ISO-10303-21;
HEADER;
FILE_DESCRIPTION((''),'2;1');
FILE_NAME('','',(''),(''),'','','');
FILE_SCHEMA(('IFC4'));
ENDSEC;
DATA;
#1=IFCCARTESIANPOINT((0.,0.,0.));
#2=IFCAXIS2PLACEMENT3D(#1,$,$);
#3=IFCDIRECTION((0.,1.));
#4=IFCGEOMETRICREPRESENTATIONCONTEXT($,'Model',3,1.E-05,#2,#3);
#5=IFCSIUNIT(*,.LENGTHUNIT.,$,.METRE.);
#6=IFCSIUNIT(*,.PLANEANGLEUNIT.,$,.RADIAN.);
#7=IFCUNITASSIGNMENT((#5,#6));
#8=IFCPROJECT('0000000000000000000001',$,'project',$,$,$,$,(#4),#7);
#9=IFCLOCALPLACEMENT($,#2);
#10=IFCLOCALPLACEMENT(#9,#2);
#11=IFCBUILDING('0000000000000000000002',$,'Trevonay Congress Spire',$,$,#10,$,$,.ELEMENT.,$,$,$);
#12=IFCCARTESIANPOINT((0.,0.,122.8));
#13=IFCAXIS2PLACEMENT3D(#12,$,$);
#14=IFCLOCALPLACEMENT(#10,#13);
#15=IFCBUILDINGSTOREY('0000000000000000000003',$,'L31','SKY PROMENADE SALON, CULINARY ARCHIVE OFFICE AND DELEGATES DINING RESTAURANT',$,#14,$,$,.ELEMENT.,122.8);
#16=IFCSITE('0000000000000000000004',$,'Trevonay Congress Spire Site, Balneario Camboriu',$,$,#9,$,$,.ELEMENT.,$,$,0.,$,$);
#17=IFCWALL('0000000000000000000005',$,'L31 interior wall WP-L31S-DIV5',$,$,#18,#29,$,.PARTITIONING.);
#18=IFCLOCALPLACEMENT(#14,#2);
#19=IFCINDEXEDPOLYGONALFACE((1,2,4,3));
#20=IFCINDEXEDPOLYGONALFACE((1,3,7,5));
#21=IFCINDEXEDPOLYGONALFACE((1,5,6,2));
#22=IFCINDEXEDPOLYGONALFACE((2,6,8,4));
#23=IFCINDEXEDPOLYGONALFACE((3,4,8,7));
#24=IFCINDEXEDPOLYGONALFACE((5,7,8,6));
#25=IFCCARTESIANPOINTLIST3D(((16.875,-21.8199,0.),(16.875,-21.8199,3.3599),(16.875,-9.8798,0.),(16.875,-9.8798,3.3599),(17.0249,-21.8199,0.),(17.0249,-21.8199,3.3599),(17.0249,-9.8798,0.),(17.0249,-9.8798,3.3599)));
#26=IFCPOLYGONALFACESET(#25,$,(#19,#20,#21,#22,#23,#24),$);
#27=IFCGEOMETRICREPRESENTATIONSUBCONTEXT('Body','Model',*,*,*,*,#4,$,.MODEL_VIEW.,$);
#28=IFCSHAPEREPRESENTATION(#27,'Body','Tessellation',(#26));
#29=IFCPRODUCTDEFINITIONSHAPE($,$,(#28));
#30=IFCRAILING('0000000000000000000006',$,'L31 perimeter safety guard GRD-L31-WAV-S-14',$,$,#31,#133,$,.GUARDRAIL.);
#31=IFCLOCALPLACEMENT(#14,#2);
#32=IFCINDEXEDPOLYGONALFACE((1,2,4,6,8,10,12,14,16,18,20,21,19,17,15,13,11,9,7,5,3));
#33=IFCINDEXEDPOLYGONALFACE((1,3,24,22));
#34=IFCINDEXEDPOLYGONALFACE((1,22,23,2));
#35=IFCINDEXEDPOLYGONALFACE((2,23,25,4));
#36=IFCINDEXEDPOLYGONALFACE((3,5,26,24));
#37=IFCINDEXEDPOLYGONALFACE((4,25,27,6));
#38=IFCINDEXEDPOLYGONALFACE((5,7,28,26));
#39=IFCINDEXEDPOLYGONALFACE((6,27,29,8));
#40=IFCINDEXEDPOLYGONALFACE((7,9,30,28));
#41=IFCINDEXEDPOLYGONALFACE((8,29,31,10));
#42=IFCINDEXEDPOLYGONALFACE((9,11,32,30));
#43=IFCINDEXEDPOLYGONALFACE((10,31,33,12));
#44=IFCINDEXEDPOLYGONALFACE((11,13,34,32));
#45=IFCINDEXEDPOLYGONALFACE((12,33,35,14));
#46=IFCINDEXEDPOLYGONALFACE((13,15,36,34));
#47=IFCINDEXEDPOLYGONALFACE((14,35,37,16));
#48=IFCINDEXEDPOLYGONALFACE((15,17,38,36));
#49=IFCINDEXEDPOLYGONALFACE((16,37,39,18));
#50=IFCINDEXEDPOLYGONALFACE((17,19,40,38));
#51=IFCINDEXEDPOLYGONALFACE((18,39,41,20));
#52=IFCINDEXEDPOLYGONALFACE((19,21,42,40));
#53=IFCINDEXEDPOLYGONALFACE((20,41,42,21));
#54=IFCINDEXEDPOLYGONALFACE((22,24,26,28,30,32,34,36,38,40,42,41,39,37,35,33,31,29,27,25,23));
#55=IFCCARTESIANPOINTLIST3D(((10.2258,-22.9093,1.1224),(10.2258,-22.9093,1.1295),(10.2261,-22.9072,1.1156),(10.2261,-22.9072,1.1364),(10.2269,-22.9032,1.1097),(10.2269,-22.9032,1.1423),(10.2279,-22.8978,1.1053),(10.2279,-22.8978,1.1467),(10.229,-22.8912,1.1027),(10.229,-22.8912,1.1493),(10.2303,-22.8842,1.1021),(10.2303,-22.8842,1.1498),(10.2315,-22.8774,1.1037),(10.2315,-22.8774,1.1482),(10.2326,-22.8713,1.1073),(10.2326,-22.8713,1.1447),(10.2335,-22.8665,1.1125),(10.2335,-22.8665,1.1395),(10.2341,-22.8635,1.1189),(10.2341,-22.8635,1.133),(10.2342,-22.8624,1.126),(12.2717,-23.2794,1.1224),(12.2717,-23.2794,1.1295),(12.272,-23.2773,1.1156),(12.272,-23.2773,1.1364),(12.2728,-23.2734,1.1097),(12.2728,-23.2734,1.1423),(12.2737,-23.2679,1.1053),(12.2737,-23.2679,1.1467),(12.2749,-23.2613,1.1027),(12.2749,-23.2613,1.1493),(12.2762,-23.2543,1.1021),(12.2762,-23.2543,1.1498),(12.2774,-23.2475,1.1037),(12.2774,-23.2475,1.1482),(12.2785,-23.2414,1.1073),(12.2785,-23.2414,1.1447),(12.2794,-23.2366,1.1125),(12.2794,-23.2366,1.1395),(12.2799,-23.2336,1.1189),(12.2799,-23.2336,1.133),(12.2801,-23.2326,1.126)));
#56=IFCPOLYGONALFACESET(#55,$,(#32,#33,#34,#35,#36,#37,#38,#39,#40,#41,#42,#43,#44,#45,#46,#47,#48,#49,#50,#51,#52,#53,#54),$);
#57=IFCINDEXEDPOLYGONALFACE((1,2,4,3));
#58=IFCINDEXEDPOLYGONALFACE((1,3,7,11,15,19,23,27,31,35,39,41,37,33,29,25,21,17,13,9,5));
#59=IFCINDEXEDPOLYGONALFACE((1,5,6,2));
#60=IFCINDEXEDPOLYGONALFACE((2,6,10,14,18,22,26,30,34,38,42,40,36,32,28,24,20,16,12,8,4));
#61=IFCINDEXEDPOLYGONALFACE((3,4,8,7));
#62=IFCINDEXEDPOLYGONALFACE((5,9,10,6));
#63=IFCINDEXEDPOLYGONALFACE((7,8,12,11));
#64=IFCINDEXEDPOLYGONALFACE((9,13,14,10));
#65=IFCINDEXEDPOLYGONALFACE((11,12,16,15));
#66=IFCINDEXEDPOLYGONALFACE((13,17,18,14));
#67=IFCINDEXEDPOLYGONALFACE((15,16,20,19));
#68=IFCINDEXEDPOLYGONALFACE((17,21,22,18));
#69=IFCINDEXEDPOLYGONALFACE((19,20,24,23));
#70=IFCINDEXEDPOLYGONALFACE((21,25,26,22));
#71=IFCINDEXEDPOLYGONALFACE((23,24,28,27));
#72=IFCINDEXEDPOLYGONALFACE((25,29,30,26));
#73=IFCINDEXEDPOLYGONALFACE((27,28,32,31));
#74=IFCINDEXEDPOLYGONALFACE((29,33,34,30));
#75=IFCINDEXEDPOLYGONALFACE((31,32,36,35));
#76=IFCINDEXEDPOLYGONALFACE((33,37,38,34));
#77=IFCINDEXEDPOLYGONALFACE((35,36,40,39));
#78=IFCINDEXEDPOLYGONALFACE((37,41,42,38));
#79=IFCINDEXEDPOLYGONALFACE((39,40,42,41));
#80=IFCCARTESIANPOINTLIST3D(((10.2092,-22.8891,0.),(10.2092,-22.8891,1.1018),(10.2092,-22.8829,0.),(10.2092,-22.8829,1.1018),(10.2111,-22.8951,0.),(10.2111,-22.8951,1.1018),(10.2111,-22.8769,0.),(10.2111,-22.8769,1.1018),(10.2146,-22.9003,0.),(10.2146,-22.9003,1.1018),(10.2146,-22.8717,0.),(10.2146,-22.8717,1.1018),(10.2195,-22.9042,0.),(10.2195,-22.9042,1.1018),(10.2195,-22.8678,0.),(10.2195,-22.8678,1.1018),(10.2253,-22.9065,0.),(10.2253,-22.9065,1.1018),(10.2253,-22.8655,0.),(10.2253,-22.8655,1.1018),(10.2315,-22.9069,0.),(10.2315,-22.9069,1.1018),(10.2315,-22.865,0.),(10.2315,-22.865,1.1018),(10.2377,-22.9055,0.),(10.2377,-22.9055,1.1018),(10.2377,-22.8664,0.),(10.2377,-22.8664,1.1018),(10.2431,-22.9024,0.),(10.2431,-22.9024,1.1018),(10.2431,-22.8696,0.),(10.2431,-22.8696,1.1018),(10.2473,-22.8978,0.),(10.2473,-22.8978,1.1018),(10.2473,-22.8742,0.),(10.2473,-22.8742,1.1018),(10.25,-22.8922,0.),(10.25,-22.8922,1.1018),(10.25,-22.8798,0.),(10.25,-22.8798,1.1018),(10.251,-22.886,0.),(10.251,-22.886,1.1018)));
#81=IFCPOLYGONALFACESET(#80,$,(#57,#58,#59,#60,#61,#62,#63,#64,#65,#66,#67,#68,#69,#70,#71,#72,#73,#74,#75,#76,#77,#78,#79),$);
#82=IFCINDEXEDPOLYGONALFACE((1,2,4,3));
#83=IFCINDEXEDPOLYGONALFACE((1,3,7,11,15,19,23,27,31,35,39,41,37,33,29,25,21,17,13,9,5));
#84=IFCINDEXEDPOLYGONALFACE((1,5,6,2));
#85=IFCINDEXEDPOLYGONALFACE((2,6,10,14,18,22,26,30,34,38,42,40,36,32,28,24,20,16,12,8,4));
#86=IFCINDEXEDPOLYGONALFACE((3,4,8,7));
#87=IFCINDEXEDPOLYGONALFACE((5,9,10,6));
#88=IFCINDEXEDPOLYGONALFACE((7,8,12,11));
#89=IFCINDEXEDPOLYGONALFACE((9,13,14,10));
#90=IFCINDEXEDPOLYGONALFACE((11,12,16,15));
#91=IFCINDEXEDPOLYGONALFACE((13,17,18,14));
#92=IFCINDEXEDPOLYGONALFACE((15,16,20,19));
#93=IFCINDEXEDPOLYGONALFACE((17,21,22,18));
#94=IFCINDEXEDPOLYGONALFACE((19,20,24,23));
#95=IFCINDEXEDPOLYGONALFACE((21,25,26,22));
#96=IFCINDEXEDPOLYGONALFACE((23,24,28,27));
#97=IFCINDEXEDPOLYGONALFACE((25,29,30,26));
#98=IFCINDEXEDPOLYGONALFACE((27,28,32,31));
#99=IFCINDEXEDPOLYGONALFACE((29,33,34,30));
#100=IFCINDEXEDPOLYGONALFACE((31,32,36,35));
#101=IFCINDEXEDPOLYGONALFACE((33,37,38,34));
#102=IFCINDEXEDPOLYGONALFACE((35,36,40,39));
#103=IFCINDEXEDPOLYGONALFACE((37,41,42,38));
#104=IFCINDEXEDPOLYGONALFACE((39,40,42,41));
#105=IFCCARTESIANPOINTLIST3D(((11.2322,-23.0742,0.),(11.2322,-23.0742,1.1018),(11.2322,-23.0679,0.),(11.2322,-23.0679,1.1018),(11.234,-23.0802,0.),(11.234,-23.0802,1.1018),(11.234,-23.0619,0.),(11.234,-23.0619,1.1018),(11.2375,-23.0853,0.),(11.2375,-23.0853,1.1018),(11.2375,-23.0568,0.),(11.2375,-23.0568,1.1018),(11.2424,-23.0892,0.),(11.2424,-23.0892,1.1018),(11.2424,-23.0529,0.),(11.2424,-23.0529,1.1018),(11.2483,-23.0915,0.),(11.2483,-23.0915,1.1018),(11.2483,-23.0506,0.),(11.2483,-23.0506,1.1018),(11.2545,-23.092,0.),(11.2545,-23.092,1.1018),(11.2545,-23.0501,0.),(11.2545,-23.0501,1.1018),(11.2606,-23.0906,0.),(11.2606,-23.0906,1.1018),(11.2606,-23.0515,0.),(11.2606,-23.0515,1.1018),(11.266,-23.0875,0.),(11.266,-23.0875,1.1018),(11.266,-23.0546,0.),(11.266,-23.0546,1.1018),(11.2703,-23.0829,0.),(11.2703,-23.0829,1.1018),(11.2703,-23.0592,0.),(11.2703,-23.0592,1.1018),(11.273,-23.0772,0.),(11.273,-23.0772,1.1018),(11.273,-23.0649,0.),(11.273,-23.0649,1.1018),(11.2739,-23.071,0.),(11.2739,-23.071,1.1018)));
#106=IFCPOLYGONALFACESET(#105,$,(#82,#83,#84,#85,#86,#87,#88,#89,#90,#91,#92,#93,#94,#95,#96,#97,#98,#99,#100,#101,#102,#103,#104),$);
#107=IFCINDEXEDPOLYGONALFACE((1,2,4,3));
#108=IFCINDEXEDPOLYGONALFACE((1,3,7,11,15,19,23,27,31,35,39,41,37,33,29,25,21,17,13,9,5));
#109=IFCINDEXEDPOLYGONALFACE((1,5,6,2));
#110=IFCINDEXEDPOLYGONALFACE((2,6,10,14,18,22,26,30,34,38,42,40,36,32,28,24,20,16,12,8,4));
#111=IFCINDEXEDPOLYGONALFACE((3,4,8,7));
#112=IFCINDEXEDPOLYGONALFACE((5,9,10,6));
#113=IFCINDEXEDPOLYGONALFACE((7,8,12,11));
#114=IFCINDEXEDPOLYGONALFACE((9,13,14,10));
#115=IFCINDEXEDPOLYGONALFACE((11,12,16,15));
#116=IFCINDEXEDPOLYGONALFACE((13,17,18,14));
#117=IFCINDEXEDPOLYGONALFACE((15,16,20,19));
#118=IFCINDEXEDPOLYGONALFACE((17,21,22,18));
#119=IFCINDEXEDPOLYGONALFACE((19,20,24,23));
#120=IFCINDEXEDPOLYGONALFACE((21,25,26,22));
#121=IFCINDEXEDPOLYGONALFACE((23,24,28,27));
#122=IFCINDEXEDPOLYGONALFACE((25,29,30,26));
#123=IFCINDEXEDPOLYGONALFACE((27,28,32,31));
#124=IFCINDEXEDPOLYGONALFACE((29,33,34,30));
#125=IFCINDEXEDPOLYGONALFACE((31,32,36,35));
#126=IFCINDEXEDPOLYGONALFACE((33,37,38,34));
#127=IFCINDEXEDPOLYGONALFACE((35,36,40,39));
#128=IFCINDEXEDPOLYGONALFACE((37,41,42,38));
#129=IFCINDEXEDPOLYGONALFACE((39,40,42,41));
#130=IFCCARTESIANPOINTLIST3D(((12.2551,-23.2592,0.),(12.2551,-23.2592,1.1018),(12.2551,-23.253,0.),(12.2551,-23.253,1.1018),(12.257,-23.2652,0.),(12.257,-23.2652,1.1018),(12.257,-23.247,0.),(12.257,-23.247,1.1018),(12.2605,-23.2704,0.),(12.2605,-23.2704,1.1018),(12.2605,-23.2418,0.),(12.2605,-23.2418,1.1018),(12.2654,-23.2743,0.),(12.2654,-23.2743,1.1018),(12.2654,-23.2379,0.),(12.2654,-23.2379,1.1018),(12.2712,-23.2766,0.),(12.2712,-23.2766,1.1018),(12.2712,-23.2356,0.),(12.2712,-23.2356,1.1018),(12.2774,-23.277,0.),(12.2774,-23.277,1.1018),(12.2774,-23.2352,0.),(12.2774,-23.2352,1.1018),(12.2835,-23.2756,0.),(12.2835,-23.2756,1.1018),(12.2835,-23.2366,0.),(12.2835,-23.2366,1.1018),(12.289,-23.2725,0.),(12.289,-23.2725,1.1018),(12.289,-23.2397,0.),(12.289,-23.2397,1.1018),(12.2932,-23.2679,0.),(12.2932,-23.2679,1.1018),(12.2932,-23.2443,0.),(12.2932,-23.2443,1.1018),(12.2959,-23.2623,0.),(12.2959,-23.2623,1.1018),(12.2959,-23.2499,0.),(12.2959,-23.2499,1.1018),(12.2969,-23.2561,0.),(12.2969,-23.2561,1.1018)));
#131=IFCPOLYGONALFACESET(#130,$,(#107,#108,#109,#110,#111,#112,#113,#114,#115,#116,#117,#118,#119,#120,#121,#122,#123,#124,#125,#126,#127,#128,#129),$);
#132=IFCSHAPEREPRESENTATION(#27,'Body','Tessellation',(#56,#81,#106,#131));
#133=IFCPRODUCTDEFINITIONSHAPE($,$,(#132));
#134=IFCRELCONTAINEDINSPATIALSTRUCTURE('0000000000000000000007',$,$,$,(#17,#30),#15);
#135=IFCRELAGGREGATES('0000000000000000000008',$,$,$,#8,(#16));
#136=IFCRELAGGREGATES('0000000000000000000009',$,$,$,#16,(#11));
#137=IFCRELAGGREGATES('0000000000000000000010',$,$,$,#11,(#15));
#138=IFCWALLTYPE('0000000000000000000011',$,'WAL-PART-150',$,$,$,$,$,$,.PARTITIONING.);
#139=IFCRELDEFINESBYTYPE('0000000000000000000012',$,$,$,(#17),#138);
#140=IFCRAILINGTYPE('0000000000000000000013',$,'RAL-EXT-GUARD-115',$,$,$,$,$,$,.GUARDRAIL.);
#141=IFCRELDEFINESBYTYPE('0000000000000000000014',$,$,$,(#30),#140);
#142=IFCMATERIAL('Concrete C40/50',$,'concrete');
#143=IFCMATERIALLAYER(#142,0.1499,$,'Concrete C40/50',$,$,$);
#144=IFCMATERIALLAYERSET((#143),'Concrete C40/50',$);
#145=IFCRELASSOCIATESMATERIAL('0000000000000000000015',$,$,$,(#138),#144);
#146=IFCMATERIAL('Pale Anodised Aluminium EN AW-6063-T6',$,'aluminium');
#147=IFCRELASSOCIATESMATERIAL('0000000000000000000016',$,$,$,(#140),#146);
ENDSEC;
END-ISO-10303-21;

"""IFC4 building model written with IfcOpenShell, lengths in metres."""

from ifc_helpers import new_model, si_unit, direction, frame, frame_2d, origin, origin_2d, place, context, subcontext, project, spatial, rectangle, circle, extrude, material, layer, layer_set, type_object, element, save


model = new_model("IFC4")

# Units and contexts
model_context = context("Model", 3, precision=1e-05, world=origin(), true_north=direction((0.0, 1.0)))
body_context = subcontext(model_context, "Body", "Model", "MODEL_VIEW")
ifc_project = project(units=[si_unit("LENGTHUNIT", "METRE"), si_unit("PLANEANGLEUNIT", "RADIAN")], contexts=[model_context])

# Site, building, storey
site_placement = place(None, origin())
site = spatial("IfcSite", under=ifc_project, at=site_placement, Name="Trevonay Congress Spire Site, Balneario Camboriu", CompositionType="ELEMENT", RefElevation=0.0)
building_placement = place(site_placement, origin())
building = spatial("IfcBuilding", under=site, at=building_placement, Name="Trevonay Congress Spire", CompositionType="ELEMENT")
storey_placement = place(building_placement, frame((0.0, 0.0, 122.8)))
storey = spatial("IfcBuildingStorey", under=building, at=storey_placement, Name="L31", Description="SKY PROMENADE SALON, CULINARY ARCHIVE OFFICE AND DELEGATES DINING RESTAURANT", CompositionType="ELEMENT", Elevation=122.8)

# Shared definitions
ifc_material_1 = material(Name="Pale Anodised Aluminium EN AW-6063-T6", Category="aluminium")

# Wall
ifc_material_2 = material(Name="Concrete C40/50", Category="concrete")
ifc_layer_1 = layer(ifc_material_2, 0.1499, Name="Concrete C40/50")
ifc_layer_set_1 = layer_set([ifc_layer_1], Name="Concrete C40/50")
wall_type_1 = type_object("IfcWallType", Name="WAL-PART-150", PredefinedType="PARTITIONING", material=ifc_layer_set_1)
for number, where, z_axis, x_axis, name in (
    (1, (16.95, -21.8201, 0.0), (0.0, 0.0, 1.0), (0.0, 1.0, 0.0), "L31 interior wall WP-L31S-DIV5"),
):
    element("IfcWall", number, at=place(storey_placement, frame(where, z_axis=z_axis, x_axis=x_axis)), inside=storey, type_object=wall_type_1, Name=name, PredefinedType="PARTITIONING", context=body_context, shape_type="SweptSolid", body=[
        extrude(rectangle(XDim=11.9402, YDim=0.1499, at=frame_2d((5.9702, 0.0))), origin(), (0.0, 0.0, 1.0), 3.3599),
    ])

# Railing
railing_type = type_object("IfcRailingType", Name="RAL-EXT-GUARD-115", PredefinedType="GUARDRAIL", material=ifc_material_1)
railing_1_placement = place(storey_placement, frame((10.23, -22.886, 0.0)))
element("IfcRailing", 2, at=railing_1_placement, inside=storey, type_object=railing_type, Name="L31 perimeter safety guard GRD-L31-WAV-S-14", PredefinedType="GUARDRAIL", context=body_context, shape_type="SweptSolid", body=[
    extrude(circle(Radius=0.0239, at=origin_2d()), frame((0.0, 0.0, 1.126), z_axis=(0.984027, -0.178017, 0.0), x_axis=(0.178017, 0.984027, 0.0)), (0.0, 0.0, 1.0), 2.0791),
    extrude(circle(Radius=0.021, at=origin_2d()), origin(), (0.0, 0.0, 1.0), 1.1018),
    extrude(circle(Radius=0.021, at=origin_2d()), frame((1.0229, -0.1851, 0.0)), (0.0, 0.0, 1.0), 1.1018),
    extrude(circle(Radius=0.021, at=origin_2d()), frame((2.0459, -0.3701, 0.0)), (0.0, 0.0, 1.0), 1.1018),
])

save(model, "model.ifc")
